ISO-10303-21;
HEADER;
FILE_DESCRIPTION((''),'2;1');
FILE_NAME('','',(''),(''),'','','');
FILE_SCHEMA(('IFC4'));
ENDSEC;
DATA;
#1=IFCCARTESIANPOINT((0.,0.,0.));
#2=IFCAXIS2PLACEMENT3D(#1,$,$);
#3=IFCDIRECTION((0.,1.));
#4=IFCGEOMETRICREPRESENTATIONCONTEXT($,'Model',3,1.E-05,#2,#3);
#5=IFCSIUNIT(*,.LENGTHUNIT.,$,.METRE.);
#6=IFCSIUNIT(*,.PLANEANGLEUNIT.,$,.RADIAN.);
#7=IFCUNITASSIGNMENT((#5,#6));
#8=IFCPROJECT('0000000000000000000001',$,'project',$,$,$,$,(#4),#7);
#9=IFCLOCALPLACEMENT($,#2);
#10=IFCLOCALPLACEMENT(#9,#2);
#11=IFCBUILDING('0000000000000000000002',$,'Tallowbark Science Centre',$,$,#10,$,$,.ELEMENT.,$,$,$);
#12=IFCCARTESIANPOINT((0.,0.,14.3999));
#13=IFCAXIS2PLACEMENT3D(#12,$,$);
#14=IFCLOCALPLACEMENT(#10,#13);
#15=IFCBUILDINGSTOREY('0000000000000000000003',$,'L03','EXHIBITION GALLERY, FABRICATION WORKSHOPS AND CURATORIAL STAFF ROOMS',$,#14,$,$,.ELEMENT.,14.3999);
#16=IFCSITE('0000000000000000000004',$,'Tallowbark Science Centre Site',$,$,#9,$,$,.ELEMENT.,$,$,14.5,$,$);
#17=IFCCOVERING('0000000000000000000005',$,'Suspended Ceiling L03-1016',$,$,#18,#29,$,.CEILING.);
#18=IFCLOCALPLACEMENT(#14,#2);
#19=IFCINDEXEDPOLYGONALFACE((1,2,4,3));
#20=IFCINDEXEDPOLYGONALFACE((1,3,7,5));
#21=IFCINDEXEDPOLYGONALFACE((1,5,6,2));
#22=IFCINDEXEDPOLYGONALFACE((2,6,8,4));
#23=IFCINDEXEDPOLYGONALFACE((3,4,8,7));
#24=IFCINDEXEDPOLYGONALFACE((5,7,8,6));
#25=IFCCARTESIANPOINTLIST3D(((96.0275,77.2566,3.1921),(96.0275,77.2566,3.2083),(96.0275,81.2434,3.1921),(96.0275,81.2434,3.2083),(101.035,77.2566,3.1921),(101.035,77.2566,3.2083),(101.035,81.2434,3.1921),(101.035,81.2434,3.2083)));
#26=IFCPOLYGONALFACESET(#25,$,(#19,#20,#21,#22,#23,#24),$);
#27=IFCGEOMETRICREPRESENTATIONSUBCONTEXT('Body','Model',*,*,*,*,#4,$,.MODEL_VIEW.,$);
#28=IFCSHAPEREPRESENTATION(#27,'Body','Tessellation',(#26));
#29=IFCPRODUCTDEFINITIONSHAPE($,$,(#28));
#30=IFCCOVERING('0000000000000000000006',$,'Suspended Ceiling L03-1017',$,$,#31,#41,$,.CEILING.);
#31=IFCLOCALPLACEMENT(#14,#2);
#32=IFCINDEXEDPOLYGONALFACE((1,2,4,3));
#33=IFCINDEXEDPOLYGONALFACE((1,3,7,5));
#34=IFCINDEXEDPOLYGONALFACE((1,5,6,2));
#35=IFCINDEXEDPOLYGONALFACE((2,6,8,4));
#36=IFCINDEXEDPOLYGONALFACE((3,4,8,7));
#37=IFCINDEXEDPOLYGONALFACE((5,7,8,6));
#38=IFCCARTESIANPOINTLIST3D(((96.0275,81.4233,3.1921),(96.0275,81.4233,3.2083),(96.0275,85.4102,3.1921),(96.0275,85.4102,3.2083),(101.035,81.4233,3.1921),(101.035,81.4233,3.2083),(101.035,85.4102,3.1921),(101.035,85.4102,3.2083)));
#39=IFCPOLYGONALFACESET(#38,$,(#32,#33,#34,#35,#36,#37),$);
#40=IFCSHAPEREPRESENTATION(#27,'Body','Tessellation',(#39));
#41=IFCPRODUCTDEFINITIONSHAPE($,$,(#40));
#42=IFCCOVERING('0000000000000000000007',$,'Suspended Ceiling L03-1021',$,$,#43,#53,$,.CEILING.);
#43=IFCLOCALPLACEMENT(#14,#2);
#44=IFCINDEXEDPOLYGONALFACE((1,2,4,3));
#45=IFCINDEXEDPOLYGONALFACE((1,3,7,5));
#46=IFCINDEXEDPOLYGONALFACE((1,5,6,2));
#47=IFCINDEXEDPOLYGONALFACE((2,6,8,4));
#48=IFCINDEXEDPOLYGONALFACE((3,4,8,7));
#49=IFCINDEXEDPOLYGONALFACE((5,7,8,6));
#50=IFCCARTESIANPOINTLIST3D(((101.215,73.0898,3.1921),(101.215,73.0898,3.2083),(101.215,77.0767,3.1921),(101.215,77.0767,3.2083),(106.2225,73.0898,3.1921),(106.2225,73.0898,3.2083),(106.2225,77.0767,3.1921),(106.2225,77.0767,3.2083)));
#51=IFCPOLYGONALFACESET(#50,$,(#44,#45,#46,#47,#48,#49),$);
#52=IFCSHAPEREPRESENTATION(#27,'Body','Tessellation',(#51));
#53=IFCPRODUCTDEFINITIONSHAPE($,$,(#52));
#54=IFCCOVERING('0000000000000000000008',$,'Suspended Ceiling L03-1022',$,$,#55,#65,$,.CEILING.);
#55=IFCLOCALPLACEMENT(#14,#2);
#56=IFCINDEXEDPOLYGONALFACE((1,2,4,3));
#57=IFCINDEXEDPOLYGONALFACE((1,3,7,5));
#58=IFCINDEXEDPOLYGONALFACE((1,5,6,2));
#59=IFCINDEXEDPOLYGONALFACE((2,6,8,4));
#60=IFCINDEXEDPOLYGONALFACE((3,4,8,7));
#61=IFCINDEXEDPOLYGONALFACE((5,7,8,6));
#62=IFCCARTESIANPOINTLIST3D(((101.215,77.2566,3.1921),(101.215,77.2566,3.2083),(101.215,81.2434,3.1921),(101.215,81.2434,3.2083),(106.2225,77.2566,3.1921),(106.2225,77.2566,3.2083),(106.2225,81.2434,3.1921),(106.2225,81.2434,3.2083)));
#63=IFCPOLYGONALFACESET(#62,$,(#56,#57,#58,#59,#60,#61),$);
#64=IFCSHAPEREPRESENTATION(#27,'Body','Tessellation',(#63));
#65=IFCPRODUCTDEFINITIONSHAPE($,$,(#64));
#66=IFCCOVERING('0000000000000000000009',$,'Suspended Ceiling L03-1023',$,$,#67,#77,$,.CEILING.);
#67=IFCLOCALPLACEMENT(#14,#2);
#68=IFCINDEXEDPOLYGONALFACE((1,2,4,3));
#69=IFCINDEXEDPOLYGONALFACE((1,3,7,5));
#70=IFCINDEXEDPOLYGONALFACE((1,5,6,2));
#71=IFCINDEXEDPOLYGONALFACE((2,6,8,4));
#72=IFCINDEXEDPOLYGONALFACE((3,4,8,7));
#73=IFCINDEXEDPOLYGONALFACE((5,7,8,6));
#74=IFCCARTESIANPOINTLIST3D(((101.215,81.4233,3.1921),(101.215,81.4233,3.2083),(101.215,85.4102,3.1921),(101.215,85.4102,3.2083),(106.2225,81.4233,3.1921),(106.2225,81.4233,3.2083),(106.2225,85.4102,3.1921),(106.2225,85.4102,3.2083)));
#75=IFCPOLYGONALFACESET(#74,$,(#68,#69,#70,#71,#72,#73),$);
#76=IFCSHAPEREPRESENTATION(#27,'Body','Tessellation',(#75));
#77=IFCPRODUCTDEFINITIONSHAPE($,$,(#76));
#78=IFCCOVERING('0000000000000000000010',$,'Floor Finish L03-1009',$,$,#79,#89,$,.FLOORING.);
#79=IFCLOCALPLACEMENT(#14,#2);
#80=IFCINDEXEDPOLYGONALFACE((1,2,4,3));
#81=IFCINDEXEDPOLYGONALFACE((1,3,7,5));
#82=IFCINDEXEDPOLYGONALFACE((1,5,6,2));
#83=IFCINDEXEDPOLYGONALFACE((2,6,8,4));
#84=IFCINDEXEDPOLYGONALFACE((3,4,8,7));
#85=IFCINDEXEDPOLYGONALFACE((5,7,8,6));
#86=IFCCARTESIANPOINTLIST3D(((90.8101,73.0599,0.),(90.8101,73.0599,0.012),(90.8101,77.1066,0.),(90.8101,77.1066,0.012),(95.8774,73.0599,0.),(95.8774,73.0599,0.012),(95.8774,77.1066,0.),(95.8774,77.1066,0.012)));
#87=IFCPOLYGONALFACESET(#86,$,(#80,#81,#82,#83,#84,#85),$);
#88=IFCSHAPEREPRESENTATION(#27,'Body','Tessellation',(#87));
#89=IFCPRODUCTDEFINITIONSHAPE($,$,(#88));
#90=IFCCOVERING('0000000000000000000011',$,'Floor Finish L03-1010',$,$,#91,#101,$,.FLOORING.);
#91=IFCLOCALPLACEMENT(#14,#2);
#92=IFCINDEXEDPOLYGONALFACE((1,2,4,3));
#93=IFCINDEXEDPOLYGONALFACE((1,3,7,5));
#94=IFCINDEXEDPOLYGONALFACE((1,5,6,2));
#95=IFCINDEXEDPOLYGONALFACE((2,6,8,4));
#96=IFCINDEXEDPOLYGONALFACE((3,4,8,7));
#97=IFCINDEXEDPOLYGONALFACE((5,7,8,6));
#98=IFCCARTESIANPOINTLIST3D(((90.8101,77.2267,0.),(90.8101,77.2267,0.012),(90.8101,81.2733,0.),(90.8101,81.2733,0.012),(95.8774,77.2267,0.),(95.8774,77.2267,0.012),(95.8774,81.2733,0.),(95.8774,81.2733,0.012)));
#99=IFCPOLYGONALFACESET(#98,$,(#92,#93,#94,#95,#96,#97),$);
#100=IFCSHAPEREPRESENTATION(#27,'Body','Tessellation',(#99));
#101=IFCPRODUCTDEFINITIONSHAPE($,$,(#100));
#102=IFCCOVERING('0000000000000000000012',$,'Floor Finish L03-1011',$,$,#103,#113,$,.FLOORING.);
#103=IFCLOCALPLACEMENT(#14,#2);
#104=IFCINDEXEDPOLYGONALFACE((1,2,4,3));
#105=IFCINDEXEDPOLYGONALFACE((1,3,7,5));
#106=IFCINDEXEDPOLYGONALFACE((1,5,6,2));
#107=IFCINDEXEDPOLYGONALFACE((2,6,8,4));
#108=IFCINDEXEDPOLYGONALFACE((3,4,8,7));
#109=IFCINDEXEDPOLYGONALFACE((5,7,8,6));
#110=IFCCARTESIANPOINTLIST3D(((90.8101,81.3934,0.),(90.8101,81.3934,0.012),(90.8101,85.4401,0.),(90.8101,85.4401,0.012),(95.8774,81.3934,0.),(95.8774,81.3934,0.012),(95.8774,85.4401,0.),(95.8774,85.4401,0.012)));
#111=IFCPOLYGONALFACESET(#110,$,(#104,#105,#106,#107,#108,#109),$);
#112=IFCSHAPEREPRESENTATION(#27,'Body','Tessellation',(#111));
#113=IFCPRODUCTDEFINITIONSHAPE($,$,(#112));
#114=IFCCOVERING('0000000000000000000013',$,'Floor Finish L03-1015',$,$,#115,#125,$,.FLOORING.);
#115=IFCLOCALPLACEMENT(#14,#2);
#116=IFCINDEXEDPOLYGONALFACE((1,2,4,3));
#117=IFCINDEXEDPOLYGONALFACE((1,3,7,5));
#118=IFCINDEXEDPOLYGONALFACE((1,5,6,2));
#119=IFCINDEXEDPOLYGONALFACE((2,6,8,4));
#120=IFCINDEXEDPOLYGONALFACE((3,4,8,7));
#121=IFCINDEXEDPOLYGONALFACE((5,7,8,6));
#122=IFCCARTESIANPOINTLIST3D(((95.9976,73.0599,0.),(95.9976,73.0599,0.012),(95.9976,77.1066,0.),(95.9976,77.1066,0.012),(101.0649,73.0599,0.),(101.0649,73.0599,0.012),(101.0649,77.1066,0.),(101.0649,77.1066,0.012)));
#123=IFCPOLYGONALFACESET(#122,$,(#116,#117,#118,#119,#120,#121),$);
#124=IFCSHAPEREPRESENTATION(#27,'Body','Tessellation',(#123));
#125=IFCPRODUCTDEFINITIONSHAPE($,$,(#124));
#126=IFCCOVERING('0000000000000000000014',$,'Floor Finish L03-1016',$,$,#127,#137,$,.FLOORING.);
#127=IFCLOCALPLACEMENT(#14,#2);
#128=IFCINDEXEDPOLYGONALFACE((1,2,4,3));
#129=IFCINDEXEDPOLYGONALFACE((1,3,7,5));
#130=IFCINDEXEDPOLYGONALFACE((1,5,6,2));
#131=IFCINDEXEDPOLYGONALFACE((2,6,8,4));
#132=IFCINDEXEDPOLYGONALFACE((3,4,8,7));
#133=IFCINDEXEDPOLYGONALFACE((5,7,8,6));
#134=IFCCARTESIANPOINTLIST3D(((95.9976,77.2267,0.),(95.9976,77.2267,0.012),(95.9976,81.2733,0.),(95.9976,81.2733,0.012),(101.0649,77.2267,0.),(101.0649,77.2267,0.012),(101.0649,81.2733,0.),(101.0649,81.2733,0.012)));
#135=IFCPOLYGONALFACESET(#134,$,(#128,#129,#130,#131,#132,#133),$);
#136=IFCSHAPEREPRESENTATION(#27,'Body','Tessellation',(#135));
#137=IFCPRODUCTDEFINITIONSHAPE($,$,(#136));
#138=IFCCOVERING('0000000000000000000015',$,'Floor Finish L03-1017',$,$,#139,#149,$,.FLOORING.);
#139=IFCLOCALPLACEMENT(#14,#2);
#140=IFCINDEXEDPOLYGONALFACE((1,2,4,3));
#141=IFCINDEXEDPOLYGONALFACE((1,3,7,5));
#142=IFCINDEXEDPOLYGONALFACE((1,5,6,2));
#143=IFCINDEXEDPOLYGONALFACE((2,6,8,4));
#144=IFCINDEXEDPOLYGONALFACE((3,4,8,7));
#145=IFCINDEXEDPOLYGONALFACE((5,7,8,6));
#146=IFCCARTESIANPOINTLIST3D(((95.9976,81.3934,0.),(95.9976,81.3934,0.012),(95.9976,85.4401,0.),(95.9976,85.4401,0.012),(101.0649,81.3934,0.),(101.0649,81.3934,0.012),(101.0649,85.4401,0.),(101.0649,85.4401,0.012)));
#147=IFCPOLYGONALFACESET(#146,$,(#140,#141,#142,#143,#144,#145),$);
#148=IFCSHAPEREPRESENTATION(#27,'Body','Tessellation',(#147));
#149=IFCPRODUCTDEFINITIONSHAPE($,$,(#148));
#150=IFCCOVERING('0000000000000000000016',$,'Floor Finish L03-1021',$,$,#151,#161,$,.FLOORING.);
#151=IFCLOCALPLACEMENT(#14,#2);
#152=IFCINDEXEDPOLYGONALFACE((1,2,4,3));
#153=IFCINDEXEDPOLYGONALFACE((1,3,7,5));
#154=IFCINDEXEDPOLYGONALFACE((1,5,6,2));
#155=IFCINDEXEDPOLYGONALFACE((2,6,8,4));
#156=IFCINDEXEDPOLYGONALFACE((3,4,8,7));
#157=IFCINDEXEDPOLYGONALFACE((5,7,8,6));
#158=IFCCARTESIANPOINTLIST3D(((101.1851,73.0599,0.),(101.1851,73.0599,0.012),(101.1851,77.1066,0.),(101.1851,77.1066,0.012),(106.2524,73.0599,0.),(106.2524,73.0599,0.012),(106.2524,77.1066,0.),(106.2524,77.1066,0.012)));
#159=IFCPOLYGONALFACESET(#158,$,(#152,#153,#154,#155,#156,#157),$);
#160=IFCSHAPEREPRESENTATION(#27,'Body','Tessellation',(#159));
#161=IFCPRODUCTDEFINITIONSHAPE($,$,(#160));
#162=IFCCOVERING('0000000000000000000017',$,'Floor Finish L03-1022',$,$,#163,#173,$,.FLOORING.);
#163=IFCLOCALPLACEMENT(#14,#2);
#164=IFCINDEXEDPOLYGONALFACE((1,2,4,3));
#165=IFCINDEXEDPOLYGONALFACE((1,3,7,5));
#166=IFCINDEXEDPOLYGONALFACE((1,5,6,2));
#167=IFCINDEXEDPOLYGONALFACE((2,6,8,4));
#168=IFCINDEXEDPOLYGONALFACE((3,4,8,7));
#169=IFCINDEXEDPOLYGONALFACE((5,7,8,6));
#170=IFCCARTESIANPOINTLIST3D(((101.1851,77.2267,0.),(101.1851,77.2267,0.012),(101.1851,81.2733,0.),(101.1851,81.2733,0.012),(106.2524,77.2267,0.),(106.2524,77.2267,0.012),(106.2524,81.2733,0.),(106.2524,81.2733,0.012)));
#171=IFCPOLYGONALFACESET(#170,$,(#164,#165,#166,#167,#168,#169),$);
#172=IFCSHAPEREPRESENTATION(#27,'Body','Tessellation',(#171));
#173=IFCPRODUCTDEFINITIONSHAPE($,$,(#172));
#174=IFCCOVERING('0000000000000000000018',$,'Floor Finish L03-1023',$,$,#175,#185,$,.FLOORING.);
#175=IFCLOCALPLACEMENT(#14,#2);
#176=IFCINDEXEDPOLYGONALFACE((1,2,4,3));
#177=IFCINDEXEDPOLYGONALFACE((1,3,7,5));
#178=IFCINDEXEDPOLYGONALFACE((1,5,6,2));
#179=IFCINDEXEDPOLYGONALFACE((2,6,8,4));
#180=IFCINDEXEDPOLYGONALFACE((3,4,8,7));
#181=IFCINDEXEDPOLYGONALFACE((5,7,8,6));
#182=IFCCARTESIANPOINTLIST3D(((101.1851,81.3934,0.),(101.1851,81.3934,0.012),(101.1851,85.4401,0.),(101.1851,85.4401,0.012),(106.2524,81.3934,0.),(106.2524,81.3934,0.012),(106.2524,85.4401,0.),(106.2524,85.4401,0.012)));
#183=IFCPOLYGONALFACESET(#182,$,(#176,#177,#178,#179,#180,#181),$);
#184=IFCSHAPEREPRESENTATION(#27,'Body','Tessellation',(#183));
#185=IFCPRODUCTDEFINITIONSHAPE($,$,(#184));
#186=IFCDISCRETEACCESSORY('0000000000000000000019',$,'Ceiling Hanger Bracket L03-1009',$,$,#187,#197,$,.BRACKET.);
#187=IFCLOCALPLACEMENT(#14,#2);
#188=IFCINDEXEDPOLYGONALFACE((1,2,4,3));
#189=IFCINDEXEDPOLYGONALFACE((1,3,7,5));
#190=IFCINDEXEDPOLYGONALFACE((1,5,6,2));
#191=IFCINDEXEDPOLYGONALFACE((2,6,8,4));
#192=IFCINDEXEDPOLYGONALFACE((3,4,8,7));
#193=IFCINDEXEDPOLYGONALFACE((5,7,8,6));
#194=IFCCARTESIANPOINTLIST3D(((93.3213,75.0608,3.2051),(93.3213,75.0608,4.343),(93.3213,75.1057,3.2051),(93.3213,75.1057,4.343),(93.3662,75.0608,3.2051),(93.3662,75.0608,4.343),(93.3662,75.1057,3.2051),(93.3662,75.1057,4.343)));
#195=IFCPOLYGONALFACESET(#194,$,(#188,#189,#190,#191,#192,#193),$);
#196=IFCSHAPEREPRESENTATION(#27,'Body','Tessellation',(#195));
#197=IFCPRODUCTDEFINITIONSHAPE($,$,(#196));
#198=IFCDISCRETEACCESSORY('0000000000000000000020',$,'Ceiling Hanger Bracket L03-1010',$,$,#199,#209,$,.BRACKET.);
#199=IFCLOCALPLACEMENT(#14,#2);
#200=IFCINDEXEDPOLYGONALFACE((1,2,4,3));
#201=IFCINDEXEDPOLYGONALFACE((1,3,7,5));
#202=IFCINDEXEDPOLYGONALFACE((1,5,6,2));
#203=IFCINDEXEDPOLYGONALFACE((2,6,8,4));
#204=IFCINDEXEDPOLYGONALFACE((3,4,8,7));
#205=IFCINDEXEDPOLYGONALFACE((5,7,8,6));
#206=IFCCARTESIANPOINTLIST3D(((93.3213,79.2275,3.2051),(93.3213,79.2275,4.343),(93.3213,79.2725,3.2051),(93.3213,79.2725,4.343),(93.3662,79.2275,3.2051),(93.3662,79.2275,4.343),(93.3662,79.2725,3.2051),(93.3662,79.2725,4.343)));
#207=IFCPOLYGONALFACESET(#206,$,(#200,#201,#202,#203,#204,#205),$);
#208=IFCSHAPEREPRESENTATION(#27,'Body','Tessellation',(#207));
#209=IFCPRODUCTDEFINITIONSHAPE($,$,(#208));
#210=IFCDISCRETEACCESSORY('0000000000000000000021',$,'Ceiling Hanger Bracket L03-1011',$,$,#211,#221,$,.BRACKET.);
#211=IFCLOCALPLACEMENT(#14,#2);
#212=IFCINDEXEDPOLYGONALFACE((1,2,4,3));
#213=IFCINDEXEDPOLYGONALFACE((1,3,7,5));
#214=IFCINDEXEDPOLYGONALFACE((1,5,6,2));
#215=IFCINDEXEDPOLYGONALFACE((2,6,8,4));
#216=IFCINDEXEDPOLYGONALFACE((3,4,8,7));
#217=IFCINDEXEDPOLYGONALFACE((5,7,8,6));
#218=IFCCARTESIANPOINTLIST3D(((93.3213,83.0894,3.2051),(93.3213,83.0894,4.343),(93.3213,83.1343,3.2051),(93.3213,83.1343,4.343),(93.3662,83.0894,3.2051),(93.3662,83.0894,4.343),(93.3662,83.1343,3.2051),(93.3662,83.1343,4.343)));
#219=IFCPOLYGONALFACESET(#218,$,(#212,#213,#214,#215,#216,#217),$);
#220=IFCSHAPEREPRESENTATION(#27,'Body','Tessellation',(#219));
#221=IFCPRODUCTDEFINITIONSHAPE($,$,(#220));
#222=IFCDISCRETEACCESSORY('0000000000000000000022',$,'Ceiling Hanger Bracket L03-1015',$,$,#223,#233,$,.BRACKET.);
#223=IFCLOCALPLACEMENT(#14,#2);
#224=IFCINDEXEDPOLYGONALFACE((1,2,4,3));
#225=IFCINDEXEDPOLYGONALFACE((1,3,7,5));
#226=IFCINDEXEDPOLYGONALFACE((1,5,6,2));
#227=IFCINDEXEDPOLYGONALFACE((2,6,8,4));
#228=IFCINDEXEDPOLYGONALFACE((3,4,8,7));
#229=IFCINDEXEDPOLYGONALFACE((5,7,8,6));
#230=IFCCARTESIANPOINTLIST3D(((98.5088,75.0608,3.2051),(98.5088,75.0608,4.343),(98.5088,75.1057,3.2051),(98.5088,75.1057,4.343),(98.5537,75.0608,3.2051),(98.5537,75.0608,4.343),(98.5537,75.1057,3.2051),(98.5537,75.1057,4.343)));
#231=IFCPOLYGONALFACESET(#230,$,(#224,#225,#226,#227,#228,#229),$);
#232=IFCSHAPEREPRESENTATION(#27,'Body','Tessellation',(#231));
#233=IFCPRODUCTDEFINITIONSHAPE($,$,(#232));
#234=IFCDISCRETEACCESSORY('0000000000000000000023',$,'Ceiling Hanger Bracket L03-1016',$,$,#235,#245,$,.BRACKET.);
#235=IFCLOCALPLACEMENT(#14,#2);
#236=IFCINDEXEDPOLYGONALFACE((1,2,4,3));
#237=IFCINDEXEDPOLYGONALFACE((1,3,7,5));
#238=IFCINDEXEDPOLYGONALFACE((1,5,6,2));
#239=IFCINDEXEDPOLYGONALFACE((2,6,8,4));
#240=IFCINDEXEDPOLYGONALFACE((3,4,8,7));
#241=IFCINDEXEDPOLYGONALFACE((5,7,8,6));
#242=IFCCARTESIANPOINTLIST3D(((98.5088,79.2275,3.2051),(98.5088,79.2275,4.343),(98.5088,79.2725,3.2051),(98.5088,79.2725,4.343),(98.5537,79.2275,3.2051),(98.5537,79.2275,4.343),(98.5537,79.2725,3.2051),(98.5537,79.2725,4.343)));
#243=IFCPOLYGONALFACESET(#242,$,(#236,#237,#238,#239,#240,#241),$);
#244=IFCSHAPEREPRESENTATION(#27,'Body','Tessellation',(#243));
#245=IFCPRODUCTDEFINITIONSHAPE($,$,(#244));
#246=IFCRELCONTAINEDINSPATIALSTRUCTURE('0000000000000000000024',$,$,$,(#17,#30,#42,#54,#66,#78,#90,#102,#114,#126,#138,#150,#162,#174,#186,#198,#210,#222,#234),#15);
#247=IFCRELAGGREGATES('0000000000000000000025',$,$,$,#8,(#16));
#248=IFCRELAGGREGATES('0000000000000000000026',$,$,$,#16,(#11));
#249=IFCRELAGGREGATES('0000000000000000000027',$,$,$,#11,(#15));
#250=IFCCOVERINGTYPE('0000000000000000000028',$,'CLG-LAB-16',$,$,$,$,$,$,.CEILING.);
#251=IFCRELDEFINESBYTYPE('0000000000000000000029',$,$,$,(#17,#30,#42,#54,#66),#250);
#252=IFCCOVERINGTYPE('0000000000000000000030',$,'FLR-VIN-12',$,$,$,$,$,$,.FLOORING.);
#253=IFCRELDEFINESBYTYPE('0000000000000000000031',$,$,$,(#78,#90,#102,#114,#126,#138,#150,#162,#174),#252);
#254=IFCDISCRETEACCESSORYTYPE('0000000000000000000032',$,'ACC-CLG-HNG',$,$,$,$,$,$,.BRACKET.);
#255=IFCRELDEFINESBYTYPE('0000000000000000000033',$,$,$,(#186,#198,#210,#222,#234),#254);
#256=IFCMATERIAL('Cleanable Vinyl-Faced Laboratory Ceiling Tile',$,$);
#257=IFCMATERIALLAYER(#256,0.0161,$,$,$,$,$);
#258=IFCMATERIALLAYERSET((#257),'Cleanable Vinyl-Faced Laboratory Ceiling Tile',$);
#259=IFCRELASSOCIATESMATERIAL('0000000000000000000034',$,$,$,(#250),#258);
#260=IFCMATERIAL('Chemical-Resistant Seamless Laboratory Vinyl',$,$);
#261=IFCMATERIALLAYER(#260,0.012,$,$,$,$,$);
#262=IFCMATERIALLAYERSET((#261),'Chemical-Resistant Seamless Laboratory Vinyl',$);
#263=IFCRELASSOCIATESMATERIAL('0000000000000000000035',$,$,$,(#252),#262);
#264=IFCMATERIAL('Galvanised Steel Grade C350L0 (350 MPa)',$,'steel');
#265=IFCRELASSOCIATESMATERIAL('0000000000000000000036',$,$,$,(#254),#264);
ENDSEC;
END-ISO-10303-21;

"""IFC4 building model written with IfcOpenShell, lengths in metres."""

from ifc_helpers import new_model, si_unit, direction, frame, origin, origin_2d, place, context, subcontext, project, spatial, rectangle, extrude, material, layer, layer_set, type_object, element, save


model = new_model("IFC4")

# Units and contexts
model_context = context("Model", 3, precision=1e-05, world=origin(), true_north=direction((0.0, 1.0)))
body_context = subcontext(model_context, "Body", "Model", "MODEL_VIEW")
ifc_project = project(units=[si_unit("LENGTHUNIT", "METRE"), si_unit("PLANEANGLEUNIT", "RADIAN")], contexts=[model_context])

# Site, building, storey
site_placement = place(None, origin())
site = spatial("IfcSite", under=ifc_project, at=site_placement, Name="Tallowbark Science Centre Site", CompositionType="ELEMENT", RefElevation=14.5)
building_placement = place(site_placement, origin())
building = spatial("IfcBuilding", under=site, at=building_placement, Name="Tallowbark Science Centre", CompositionType="ELEMENT")
storey_placement = place(building_placement, frame((0.0, 0.0, 14.3999)))
storey = spatial("IfcBuildingStorey", under=building, at=storey_placement, Name="L03", Description="EXHIBITION GALLERY, FABRICATION WORKSHOPS AND CURATORIAL STAFF ROOMS", CompositionType="ELEMENT", Elevation=14.3999)

# Coverings
ifc_material_1 = material(Name="Cleanable Vinyl-Faced Laboratory Ceiling Tile")
ifc_layer_1 = layer(ifc_material_1, 0.0161)
ifc_layer_set_1 = layer_set([ifc_layer_1], Name="Cleanable Vinyl-Faced Laboratory Ceiling Tile")
covering_type_1 = type_object("IfcCoveringType", Name="CLG-LAB-16", PredefinedType="CEILING", material=ifc_layer_set_1)
for number, where, z_axis, x_axis, name in (
    (1, (98.5312, 79.25, 3.1921), (0.0, 0.0, 1.0), (1.0, 0.0, 0.0), "Suspended Ceiling L03-1016"),
    (2, (98.5312, 83.4167, 3.1921), (0.0, 0.0, 1.0), (1.0, 0.0, 0.0), "Suspended Ceiling L03-1017"),
    (3, (103.7188, 75.0833, 3.1921), (0.0, 0.0, 1.0), (1.0, 0.0, 0.0), "Suspended Ceiling L03-1021"),
    (4, (103.7188, 79.25, 3.1921), (0.0, 0.0, 1.0), (1.0, 0.0, 0.0), "Suspended Ceiling L03-1022"),
    (5, (103.7188, 83.4167, 3.1921), (0.0, 0.0, 1.0), (1.0, 0.0, 0.0), "Suspended Ceiling L03-1023"),
):
    element("IfcCovering", number, at=place(storey_placement, frame(where, z_axis=z_axis, x_axis=x_axis)), inside=storey, type_object=covering_type_1, Name=name, PredefinedType="CEILING", context=body_context, shape_type="SweptSolid", body=[
        extrude(rectangle(XDim=5.0076, YDim=3.9868, at=origin_2d()), origin(), (0.0, 0.0, 1.0), 0.0161),
    ])
ifc_material_2 = material(Name="Chemical-Resistant Seamless Laboratory Vinyl")
ifc_layer_2 = layer(ifc_material_2, 0.012)
ifc_layer_set_2 = layer_set([ifc_layer_2], Name="Chemical-Resistant Seamless Laboratory Vinyl")
covering_type_2 = type_object("IfcCoveringType", Name="FLR-VIN-12", PredefinedType="FLOORING", material=ifc_layer_set_2)
for number, where, z_axis, x_axis, name in (
    (6, (93.3438, 75.0833, 0.0), (0.0, 0.0, 1.0), (1.0, 0.0, 0.0), "Floor Finish L03-1009"),
    (7, (93.3438, 79.25, 0.0), (0.0, 0.0, 1.0), (1.0, 0.0, 0.0), "Floor Finish L03-1010"),
    (8, (93.3438, 83.4167, 0.0), (0.0, 0.0, 1.0), (1.0, 0.0, 0.0), "Floor Finish L03-1011"),
    (9, (98.5312, 75.0833, 0.0), (0.0, 0.0, 1.0), (1.0, 0.0, 0.0), "Floor Finish L03-1015"),
    (10, (98.5312, 79.25, 0.0), (0.0, 0.0, 1.0), (1.0, 0.0, 0.0), "Floor Finish L03-1016"),
    (11, (98.5312, 83.4167, 0.0), (0.0, 0.0, 1.0), (1.0, 0.0, 0.0), "Floor Finish L03-1017"),
    (12, (103.7188, 75.0833, 0.0), (0.0, 0.0, 1.0), (1.0, 0.0, 0.0), "Floor Finish L03-1021"),
    (13, (103.7188, 79.25, 0.0), (0.0, 0.0, 1.0), (1.0, 0.0, 0.0), "Floor Finish L03-1022"),
    (14, (103.7188, 83.4167, 0.0), (0.0, 0.0, 1.0), (1.0, 0.0, 0.0), "Floor Finish L03-1023"),
):
    element("IfcCovering", number, at=place(storey_placement, frame(where, z_axis=z_axis, x_axis=x_axis)), inside=storey, type_object=covering_type_2, Name=name, PredefinedType="FLOORING", context=body_context, shape_type="SweptSolid", body=[
        extrude(rectangle(XDim=5.0674, YDim=4.0466, at=origin_2d()), origin(), (0.0, 0.0, 1.0), 0.012),
    ])

# Discrete accessories
ifc_material_3 = material(Name="Galvanised Steel Grade C350L0 (350 MPa)", Category="steel")
discrete_accessory_type = type_object("IfcDiscreteAccessoryType", Name="ACC-CLG-HNG", PredefinedType="BRACKET", material=ifc_material_3)
for number, where, z_axis, x_axis, name in (
    (15, (93.3438, 75.0833, 3.2051), (0.0, 0.0, 1.0), (1.0, 0.0, 0.0), "Ceiling Hanger Bracket L03-1009"),
    (16, (93.3438, 79.25, 3.2051), (0.0, 0.0, 1.0), (1.0, 0.0, 0.0), "Ceiling Hanger Bracket L03-1010"),
    (17, (93.3438, 83.1118, 3.2051), (0.0, 0.0, 1.0), (1.0, 0.0, 0.0), "Ceiling Hanger Bracket L03-1011"),
    (18, (98.5312, 75.0833, 3.2051), (0.0, 0.0, 1.0), (1.0, 0.0, 0.0), "Ceiling Hanger Bracket L03-1015"),
    (19, (98.5312, 79.25, 3.2051), (0.0, 0.0, 1.0), (1.0, 0.0, 0.0), "Ceiling Hanger Bracket L03-1016"),
):
    element("IfcDiscreteAccessory", number, at=place(storey_placement, frame(where, z_axis=z_axis, x_axis=x_axis)), inside=storey, type_object=discrete_accessory_type, Name=name, PredefinedType="BRACKET", context=body_context, shape_type="SweptSolid", body=[
        extrude(rectangle(XDim=0.0449, YDim=0.0449, at=origin_2d()), origin(), (0.0, 0.0, 1.0), 1.1379),
    ])

save(model, "model.ifc")
